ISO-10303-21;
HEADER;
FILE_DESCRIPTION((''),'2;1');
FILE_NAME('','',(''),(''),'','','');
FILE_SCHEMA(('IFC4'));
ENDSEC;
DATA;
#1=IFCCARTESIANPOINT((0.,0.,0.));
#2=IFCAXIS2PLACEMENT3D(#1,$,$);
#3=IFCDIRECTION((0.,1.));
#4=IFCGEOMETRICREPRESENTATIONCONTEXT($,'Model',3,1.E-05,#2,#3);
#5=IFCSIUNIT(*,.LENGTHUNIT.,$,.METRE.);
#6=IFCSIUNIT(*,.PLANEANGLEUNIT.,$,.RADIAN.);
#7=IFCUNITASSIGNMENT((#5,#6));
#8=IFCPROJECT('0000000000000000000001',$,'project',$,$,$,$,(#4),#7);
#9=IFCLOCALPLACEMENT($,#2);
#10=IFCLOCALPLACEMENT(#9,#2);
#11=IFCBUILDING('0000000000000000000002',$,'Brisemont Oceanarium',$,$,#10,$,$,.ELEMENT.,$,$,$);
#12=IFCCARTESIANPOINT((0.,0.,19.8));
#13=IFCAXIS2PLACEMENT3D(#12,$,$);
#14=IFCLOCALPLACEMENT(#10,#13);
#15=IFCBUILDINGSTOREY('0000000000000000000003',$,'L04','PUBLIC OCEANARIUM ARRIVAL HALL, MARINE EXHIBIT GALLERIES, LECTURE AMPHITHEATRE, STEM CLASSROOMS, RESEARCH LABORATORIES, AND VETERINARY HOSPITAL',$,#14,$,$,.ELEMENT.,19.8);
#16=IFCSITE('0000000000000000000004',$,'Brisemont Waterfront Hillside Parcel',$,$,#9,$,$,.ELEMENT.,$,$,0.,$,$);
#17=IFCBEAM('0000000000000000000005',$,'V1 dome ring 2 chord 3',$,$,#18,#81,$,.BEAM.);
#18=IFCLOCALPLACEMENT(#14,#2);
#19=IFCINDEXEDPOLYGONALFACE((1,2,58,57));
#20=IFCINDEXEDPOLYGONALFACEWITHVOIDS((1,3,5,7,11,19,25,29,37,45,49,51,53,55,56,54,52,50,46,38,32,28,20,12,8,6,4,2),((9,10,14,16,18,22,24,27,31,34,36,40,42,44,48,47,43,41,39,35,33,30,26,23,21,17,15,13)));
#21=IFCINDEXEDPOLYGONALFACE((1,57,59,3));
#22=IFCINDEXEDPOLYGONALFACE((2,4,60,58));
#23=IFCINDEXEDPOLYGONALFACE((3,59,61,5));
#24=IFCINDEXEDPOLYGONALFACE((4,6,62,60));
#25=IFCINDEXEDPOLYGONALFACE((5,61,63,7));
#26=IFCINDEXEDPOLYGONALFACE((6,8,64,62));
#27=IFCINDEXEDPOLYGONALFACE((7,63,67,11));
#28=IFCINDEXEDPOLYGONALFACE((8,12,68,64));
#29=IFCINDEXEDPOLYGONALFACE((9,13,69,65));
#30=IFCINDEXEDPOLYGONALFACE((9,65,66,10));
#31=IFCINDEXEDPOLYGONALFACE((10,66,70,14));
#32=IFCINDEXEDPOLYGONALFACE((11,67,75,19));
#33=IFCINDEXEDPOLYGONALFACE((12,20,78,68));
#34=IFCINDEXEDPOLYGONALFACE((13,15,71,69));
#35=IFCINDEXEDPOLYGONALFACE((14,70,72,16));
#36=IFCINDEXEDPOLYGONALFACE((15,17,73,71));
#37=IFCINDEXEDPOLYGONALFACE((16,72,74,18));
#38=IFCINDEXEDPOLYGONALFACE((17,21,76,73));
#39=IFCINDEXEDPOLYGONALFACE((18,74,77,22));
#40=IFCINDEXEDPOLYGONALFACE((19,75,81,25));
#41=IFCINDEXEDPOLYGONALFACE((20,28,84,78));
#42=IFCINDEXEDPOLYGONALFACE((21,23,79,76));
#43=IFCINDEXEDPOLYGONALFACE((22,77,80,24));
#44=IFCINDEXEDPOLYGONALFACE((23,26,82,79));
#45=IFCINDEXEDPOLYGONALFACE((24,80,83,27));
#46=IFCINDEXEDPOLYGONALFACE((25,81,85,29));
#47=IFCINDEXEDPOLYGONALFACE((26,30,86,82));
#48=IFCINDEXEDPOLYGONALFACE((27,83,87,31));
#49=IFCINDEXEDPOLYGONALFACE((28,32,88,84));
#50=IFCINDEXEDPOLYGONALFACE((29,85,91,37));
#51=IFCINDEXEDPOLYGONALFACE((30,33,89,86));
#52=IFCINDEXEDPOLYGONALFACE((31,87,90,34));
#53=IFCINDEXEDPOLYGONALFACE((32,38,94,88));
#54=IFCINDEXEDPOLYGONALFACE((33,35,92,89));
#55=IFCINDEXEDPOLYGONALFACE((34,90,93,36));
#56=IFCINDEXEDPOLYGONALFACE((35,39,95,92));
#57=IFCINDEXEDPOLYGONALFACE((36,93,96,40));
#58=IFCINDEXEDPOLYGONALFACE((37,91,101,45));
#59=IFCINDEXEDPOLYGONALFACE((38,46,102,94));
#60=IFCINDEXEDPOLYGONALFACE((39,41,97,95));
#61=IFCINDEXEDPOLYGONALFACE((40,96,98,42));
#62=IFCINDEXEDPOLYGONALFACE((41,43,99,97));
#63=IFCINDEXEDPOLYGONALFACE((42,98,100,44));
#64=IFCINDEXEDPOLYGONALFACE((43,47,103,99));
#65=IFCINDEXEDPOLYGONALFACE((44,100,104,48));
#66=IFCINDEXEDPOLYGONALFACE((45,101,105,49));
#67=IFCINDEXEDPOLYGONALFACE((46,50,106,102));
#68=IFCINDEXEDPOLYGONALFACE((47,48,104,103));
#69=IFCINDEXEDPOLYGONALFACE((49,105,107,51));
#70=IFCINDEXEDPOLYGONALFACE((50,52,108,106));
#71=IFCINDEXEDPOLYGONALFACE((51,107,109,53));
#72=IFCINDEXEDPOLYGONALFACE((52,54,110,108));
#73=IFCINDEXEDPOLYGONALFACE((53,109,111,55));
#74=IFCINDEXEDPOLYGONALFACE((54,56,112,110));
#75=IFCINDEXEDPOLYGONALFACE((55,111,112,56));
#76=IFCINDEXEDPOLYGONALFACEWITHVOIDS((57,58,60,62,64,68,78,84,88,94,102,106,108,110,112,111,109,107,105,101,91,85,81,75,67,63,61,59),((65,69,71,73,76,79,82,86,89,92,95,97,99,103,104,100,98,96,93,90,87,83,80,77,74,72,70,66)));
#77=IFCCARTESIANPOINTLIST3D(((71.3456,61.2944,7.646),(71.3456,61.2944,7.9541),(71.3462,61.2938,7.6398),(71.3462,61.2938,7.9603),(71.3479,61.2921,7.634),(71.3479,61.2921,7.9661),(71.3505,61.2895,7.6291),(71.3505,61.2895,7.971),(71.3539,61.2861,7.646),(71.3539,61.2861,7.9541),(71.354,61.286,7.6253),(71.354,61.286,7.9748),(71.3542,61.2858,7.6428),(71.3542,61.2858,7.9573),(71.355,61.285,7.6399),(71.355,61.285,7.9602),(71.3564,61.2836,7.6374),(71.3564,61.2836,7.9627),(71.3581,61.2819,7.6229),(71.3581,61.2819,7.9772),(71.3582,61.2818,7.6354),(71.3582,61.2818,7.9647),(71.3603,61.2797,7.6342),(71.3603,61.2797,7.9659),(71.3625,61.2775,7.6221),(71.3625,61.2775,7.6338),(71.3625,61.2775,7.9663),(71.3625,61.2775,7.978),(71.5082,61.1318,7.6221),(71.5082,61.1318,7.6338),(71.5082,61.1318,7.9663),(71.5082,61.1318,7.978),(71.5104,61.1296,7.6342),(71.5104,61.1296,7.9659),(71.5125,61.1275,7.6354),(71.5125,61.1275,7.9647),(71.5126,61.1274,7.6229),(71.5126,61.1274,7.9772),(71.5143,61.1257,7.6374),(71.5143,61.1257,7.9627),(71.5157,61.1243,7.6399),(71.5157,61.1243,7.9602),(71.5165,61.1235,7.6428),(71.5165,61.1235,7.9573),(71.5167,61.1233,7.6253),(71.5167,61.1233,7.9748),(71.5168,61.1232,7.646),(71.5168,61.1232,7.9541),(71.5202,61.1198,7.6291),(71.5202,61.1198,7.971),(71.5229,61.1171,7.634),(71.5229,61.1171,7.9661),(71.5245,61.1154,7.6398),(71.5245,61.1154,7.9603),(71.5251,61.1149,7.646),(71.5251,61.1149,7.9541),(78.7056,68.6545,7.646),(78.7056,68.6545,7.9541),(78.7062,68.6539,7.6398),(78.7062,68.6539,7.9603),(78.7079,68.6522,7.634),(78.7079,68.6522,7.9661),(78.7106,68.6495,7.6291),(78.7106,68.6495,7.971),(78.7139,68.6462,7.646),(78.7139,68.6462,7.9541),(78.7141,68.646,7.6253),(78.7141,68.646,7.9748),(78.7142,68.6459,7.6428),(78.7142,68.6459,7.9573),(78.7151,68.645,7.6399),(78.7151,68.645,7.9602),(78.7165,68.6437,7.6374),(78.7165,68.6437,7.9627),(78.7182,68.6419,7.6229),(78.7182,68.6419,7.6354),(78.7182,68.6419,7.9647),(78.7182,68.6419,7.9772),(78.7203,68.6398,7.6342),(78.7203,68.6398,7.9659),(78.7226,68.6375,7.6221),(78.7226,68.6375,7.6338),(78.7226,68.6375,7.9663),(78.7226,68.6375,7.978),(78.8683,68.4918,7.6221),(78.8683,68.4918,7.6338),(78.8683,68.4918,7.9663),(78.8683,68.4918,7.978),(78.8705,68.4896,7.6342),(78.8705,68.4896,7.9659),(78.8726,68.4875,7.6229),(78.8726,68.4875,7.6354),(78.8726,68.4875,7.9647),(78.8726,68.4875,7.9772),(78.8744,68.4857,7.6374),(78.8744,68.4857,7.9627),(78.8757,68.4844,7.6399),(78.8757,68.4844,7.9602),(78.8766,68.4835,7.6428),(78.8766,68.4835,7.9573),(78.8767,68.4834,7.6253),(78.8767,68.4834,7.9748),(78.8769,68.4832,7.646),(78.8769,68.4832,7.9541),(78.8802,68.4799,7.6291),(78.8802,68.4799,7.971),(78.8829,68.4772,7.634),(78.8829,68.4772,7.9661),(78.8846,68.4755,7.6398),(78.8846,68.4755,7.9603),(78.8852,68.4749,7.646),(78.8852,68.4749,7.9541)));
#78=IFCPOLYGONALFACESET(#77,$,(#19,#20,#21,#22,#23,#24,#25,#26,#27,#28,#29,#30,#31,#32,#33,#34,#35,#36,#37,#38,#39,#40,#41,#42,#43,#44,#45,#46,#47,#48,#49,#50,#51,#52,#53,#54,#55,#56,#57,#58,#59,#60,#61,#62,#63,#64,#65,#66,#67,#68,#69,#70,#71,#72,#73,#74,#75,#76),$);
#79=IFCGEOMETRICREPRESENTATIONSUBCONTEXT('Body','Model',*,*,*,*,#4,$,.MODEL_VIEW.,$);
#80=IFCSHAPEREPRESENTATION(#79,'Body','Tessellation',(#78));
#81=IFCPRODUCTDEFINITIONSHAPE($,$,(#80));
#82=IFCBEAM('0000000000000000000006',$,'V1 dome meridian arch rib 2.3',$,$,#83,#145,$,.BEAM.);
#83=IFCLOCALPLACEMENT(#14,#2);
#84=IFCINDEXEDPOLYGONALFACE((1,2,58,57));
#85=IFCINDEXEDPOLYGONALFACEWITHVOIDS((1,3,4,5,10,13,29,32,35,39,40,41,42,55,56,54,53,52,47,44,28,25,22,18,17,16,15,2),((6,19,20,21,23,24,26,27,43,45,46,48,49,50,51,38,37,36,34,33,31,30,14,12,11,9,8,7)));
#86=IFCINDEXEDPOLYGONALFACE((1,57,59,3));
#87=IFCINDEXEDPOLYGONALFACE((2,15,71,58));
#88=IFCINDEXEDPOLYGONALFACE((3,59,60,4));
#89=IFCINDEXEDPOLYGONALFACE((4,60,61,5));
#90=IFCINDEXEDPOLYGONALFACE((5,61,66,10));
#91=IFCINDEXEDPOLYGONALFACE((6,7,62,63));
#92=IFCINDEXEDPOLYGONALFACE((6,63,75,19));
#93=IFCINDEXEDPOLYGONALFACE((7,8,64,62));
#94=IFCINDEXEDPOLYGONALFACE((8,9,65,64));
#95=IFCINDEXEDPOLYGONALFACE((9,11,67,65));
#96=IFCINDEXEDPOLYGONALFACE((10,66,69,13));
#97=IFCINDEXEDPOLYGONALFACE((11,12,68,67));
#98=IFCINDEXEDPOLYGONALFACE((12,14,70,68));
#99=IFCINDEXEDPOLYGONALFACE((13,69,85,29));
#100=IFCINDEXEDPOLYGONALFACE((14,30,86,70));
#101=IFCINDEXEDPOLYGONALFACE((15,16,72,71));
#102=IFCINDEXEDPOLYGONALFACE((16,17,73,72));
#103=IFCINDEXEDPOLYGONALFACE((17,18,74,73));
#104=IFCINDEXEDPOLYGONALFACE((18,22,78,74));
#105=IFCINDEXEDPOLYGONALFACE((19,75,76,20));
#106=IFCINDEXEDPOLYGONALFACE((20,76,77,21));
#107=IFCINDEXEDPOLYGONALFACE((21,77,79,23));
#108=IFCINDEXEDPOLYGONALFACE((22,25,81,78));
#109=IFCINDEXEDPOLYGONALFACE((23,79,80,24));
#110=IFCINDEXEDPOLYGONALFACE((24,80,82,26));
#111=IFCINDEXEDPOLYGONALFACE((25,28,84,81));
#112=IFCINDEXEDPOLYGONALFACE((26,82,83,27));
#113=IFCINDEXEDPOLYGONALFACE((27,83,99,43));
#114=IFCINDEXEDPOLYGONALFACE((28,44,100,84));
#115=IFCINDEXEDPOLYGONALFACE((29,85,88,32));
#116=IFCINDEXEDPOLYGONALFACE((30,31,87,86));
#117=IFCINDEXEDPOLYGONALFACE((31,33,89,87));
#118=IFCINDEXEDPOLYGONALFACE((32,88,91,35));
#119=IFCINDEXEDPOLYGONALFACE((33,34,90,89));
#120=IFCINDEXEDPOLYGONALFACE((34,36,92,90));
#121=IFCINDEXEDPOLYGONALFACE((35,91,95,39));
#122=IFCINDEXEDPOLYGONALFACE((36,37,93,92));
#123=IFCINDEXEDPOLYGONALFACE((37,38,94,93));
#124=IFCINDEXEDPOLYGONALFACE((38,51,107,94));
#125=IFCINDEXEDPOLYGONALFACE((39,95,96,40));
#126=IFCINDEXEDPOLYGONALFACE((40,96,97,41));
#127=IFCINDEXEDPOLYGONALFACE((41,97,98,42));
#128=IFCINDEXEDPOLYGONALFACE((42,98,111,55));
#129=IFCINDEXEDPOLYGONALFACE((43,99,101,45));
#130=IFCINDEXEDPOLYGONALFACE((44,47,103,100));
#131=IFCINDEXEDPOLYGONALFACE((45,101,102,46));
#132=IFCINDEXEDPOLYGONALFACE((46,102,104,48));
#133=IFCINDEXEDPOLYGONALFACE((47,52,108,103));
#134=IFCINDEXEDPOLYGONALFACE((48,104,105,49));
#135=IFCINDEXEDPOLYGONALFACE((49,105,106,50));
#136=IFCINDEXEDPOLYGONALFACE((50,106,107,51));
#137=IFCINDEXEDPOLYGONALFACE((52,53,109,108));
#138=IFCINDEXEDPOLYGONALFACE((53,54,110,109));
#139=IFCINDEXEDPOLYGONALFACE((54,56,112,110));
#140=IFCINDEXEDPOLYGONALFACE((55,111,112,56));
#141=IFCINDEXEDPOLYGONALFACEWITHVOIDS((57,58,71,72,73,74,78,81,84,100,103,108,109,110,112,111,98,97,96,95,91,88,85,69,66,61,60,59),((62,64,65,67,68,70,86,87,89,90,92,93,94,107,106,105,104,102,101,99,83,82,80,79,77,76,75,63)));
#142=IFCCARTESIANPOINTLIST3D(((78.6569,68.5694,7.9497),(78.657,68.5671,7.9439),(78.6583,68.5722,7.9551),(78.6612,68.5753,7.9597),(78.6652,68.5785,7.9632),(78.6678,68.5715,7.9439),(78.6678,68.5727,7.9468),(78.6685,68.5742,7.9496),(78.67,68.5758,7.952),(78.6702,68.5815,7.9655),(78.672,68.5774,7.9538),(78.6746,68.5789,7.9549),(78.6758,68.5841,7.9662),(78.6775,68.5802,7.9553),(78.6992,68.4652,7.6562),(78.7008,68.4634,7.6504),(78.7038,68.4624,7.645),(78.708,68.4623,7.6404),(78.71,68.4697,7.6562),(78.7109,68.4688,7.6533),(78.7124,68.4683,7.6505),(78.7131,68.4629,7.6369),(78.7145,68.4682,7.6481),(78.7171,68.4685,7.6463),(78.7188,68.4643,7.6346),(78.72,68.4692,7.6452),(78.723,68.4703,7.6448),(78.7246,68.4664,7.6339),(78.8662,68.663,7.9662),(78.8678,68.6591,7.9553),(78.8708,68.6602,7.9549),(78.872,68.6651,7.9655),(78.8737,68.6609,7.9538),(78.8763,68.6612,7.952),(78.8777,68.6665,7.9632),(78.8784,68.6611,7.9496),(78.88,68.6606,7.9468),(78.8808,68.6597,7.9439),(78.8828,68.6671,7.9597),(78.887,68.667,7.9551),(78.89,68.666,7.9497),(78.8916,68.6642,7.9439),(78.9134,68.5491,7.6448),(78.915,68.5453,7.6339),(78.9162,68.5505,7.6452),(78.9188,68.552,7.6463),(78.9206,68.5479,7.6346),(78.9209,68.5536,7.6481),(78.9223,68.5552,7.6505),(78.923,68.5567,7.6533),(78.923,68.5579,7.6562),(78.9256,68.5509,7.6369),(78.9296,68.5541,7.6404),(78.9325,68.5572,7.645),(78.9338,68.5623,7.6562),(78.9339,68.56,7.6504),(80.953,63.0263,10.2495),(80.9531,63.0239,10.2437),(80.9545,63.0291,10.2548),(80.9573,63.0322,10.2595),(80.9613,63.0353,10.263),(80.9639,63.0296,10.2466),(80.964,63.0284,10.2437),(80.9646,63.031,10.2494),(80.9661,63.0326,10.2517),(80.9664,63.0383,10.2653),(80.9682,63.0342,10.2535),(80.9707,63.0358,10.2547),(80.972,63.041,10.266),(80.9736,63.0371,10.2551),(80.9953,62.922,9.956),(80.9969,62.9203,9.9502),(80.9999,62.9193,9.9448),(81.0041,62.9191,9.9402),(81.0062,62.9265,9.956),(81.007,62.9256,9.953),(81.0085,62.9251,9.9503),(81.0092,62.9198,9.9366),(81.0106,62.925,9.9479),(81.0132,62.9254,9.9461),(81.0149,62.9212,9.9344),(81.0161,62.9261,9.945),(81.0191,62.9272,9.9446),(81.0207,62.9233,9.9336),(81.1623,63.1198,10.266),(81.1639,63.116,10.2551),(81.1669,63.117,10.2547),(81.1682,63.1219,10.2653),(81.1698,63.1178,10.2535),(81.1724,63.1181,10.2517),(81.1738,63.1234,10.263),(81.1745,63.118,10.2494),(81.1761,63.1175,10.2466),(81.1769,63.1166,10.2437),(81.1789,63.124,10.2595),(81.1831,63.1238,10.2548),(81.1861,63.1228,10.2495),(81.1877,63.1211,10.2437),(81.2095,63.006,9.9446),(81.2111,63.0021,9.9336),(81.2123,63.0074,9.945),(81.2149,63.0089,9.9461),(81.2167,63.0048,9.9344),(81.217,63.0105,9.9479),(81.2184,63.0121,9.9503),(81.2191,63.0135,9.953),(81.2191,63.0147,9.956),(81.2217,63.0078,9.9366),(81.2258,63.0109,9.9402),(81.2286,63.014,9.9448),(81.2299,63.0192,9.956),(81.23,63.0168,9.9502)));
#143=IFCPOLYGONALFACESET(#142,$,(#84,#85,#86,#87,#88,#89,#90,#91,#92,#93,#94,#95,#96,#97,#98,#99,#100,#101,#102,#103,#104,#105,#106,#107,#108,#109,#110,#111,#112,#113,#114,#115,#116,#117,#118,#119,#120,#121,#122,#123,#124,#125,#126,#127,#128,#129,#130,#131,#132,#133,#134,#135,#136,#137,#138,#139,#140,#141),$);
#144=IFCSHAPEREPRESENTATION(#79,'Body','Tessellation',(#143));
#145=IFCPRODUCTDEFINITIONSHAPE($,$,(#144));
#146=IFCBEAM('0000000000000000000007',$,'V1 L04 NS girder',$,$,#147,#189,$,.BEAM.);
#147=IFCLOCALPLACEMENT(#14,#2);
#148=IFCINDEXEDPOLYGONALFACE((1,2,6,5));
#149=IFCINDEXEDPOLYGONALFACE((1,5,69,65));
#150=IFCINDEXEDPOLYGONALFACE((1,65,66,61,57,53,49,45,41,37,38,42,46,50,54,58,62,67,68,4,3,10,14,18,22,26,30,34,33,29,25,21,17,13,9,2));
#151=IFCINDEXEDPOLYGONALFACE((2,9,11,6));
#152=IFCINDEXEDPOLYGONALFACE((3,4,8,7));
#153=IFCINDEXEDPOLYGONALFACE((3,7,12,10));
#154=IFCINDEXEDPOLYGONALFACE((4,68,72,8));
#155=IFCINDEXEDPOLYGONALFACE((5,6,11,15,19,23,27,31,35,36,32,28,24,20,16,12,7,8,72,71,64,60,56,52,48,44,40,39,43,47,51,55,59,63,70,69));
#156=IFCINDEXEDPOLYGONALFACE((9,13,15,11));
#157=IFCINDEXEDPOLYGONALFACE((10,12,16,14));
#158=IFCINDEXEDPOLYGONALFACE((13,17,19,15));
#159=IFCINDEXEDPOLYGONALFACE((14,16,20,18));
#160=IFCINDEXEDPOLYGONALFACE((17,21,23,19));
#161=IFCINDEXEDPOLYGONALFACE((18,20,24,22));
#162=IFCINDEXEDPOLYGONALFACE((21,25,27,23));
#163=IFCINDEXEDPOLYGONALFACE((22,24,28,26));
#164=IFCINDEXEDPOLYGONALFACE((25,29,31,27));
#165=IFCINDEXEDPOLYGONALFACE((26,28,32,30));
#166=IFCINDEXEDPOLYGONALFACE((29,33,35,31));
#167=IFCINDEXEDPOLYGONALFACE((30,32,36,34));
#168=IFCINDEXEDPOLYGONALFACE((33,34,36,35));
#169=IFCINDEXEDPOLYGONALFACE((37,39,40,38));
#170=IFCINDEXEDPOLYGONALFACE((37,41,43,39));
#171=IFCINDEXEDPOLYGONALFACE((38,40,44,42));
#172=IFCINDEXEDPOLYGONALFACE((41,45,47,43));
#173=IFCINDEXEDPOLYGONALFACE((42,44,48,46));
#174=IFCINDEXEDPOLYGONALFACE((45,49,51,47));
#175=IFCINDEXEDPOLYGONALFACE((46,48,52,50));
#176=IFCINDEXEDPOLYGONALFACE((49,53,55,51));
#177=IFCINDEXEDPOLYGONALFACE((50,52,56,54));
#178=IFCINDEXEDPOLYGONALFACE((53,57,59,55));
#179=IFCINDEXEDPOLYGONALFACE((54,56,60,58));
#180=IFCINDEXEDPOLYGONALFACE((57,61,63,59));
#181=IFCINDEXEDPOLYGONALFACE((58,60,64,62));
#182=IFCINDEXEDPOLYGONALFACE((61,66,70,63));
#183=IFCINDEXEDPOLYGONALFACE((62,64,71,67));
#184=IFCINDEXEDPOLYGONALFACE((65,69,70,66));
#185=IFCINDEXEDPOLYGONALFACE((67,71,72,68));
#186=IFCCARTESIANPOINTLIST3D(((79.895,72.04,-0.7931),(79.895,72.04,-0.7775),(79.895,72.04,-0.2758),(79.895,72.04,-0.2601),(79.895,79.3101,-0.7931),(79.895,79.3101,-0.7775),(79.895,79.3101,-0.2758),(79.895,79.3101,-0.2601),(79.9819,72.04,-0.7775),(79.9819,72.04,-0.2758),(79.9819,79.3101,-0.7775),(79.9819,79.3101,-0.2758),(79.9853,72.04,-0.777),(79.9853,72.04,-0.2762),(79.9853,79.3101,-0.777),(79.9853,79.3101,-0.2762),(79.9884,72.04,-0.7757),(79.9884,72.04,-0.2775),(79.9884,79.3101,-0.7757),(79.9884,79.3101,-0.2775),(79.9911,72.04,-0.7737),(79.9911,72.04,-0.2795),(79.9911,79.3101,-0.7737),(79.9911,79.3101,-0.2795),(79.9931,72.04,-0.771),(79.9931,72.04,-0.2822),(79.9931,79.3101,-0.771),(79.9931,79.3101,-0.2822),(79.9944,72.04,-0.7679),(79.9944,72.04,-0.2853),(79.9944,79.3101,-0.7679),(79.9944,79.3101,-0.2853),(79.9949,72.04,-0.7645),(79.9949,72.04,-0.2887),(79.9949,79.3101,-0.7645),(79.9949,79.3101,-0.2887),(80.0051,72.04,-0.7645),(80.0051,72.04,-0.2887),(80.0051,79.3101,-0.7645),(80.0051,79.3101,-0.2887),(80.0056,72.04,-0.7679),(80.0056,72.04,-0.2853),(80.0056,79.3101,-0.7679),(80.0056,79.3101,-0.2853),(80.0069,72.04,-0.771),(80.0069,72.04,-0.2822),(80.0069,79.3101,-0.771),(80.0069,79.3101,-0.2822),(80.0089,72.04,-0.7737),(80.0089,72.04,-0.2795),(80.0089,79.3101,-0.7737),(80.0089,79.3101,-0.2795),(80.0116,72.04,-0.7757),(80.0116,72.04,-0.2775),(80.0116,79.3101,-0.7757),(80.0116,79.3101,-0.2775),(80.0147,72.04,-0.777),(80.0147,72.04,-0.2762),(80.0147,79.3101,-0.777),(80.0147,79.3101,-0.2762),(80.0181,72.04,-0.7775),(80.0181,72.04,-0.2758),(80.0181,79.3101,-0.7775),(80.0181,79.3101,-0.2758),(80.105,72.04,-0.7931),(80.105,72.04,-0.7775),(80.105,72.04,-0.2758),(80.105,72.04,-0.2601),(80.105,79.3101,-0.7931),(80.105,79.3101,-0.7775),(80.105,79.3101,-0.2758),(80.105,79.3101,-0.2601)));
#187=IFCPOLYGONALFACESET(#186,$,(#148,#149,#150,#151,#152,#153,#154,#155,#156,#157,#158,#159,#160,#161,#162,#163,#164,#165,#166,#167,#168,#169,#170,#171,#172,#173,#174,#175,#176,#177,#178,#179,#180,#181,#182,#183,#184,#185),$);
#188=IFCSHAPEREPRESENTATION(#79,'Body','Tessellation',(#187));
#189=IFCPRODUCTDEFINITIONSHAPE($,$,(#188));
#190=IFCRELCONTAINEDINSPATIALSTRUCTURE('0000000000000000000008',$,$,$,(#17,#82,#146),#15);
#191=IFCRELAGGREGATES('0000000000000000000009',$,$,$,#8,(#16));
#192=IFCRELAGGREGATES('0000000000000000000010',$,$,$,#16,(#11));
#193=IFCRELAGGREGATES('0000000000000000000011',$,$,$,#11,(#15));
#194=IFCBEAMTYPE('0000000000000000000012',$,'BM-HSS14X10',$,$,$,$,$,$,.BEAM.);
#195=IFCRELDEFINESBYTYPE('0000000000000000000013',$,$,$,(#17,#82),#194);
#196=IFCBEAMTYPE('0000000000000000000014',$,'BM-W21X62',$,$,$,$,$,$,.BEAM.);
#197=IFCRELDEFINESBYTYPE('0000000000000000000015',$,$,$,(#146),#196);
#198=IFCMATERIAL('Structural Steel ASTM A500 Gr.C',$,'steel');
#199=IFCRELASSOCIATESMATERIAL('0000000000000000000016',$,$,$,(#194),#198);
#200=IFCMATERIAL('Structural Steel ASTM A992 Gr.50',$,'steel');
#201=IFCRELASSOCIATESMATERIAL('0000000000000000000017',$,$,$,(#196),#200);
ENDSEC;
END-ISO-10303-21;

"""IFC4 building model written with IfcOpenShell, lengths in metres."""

from ifc_helpers import new_model, si_unit, direction, frame, origin, origin_2d, place, context, subcontext, project, spatial, hollow_rectangle, i_section, extrude, material, material_profile, profile_set, type_object, element, save


model = new_model("IFC4")

# Units and contexts
model_context = context("Model", 3, precision=1e-05, world=origin(), true_north=direction((0.0, 1.0)))
body_context = subcontext(model_context, "Body", "Model", "MODEL_VIEW")
ifc_project = project(units=[si_unit("LENGTHUNIT", "METRE"), si_unit("PLANEANGLEUNIT", "RADIAN")], contexts=[model_context])

# Site, building, storey
site_placement = place(None, origin())
site = spatial("IfcSite", under=ifc_project, at=site_placement, Name="Brisemont Waterfront Hillside Parcel", CompositionType="ELEMENT", RefElevation=0.0)
building_placement = place(site_placement, origin())
building = spatial("IfcBuilding", under=site, at=building_placement, Name="Brisemont Oceanarium", CompositionType="ELEMENT")
storey_placement = place(building_placement, frame((0.0, 0.0, 19.8)))
storey = spatial("IfcBuildingStorey", under=building, at=storey_placement, Name="L04", Description="PUBLIC OCEANARIUM ARRIVAL HALL, MARINE EXHIBIT GALLERIES, LECTURE AMPHITHEATRE, STEM CLASSROOMS, RESEARCH LABORATORIES, AND VETERINARY HOSPITAL", CompositionType="ELEMENT", Elevation=19.8)

# Beams
ifc_material_1 = material(Name="Structural Steel ASTM A500 Gr.C", Category="steel")
ifc_material_profile_1 = material_profile(ifc_material_1, hollow_rectangle(XDim=0.2539, YDim=0.356, WallThickness=0.0117, InnerFilletRadius=0.0122, OuterFilletRadius=0.0239, at=origin_2d()), Name="HSS14X10X1/2")
ifc_profile_set_1 = profile_set([ifc_material_profile_1], Name="Structural Steel ASTM A500 Gr.C")
beam_type_1 = type_object("IfcBeamType", Name="BM-HSS14X10", PredefinedType="BEAM", material=ifc_profile_set_1)
beam_1_placement = place(storey_placement, frame((78.7954, 68.5647, 7.8), z_axis=(-0.707107, -0.707107, 0.0), x_axis=(0.707107, -0.707107, 0.0)))
element("IfcBeam", 1, at=beam_1_placement, inside=storey, type_object=beam_type_1, Name="V1 dome ring 2 chord 3", PredefinedType="BEAM", context=body_context, shape_type="SweptSolid", body=[
    extrude(hollow_rectangle(XDim=0.2539, YDim=0.356, WallThickness=0.0117, InnerFilletRadius=0.0122, OuterFilletRadius=0.0239, at=origin_2d()), origin(), (0.0, 0.0, 1.0), 10.4087),
])
beam_2_placement = place(storey_placement, frame((78.7954, 68.5647, 7.8), z_axis=(0.357342, -0.862674, 0.357912), x_axis=(0.923875, 0.382693, 0.0)))
element("IfcBeam", 2, at=beam_2_placement, inside=storey, type_object=beam_type_1, Name="V1 dome meridian arch rib 2.3", PredefinedType="BEAM", context=body_context, shape_type="SweptSolid", body=[
    extrude(hollow_rectangle(XDim=0.2539, YDim=0.356, WallThickness=0.0117, InnerFilletRadius=0.0122, OuterFilletRadius=0.0239, at=origin_2d()), origin(), (0.0, 0.0, 1.0), 6.4255),
])
ifc_material_2 = material(Name="Structural Steel ASTM A992 Gr.50", Category="steel")
ifc_material_profile_2 = material_profile(ifc_material_2, i_section(OverallWidth=0.21, OverallDepth=0.533, WebThickness=0.0103, FlangeThickness=0.0156, FilletRadius=0.0129, at=origin_2d()), Name="W21X62")
ifc_profile_set_2 = profile_set([ifc_material_profile_2], Name="Structural Steel ASTM A992 Gr.50")
beam_type_2 = type_object("IfcBeamType", Name="BM-W21X62", PredefinedType="BEAM", material=ifc_profile_set_2)
beam_3_placement = place(storey_placement, frame((80.0, 72.04, -0.5266), z_axis=(0.0, 1.0, 0.0), x_axis=(-1.0, 0.0, 0.0)))
element("IfcBeam", 3, at=beam_3_placement, inside=storey, type_object=beam_type_2, Name="V1 L04 NS girder", PredefinedType="BEAM", context=body_context, shape_type="SweptSolid", body=[
    extrude(i_section(OverallWidth=0.21, OverallDepth=0.533, WebThickness=0.0103, FlangeThickness=0.0156, FilletRadius=0.0129, at=origin_2d()), origin(), (0.0, 0.0, 1.0), 7.27),
])

save(model, "model.ifc")
